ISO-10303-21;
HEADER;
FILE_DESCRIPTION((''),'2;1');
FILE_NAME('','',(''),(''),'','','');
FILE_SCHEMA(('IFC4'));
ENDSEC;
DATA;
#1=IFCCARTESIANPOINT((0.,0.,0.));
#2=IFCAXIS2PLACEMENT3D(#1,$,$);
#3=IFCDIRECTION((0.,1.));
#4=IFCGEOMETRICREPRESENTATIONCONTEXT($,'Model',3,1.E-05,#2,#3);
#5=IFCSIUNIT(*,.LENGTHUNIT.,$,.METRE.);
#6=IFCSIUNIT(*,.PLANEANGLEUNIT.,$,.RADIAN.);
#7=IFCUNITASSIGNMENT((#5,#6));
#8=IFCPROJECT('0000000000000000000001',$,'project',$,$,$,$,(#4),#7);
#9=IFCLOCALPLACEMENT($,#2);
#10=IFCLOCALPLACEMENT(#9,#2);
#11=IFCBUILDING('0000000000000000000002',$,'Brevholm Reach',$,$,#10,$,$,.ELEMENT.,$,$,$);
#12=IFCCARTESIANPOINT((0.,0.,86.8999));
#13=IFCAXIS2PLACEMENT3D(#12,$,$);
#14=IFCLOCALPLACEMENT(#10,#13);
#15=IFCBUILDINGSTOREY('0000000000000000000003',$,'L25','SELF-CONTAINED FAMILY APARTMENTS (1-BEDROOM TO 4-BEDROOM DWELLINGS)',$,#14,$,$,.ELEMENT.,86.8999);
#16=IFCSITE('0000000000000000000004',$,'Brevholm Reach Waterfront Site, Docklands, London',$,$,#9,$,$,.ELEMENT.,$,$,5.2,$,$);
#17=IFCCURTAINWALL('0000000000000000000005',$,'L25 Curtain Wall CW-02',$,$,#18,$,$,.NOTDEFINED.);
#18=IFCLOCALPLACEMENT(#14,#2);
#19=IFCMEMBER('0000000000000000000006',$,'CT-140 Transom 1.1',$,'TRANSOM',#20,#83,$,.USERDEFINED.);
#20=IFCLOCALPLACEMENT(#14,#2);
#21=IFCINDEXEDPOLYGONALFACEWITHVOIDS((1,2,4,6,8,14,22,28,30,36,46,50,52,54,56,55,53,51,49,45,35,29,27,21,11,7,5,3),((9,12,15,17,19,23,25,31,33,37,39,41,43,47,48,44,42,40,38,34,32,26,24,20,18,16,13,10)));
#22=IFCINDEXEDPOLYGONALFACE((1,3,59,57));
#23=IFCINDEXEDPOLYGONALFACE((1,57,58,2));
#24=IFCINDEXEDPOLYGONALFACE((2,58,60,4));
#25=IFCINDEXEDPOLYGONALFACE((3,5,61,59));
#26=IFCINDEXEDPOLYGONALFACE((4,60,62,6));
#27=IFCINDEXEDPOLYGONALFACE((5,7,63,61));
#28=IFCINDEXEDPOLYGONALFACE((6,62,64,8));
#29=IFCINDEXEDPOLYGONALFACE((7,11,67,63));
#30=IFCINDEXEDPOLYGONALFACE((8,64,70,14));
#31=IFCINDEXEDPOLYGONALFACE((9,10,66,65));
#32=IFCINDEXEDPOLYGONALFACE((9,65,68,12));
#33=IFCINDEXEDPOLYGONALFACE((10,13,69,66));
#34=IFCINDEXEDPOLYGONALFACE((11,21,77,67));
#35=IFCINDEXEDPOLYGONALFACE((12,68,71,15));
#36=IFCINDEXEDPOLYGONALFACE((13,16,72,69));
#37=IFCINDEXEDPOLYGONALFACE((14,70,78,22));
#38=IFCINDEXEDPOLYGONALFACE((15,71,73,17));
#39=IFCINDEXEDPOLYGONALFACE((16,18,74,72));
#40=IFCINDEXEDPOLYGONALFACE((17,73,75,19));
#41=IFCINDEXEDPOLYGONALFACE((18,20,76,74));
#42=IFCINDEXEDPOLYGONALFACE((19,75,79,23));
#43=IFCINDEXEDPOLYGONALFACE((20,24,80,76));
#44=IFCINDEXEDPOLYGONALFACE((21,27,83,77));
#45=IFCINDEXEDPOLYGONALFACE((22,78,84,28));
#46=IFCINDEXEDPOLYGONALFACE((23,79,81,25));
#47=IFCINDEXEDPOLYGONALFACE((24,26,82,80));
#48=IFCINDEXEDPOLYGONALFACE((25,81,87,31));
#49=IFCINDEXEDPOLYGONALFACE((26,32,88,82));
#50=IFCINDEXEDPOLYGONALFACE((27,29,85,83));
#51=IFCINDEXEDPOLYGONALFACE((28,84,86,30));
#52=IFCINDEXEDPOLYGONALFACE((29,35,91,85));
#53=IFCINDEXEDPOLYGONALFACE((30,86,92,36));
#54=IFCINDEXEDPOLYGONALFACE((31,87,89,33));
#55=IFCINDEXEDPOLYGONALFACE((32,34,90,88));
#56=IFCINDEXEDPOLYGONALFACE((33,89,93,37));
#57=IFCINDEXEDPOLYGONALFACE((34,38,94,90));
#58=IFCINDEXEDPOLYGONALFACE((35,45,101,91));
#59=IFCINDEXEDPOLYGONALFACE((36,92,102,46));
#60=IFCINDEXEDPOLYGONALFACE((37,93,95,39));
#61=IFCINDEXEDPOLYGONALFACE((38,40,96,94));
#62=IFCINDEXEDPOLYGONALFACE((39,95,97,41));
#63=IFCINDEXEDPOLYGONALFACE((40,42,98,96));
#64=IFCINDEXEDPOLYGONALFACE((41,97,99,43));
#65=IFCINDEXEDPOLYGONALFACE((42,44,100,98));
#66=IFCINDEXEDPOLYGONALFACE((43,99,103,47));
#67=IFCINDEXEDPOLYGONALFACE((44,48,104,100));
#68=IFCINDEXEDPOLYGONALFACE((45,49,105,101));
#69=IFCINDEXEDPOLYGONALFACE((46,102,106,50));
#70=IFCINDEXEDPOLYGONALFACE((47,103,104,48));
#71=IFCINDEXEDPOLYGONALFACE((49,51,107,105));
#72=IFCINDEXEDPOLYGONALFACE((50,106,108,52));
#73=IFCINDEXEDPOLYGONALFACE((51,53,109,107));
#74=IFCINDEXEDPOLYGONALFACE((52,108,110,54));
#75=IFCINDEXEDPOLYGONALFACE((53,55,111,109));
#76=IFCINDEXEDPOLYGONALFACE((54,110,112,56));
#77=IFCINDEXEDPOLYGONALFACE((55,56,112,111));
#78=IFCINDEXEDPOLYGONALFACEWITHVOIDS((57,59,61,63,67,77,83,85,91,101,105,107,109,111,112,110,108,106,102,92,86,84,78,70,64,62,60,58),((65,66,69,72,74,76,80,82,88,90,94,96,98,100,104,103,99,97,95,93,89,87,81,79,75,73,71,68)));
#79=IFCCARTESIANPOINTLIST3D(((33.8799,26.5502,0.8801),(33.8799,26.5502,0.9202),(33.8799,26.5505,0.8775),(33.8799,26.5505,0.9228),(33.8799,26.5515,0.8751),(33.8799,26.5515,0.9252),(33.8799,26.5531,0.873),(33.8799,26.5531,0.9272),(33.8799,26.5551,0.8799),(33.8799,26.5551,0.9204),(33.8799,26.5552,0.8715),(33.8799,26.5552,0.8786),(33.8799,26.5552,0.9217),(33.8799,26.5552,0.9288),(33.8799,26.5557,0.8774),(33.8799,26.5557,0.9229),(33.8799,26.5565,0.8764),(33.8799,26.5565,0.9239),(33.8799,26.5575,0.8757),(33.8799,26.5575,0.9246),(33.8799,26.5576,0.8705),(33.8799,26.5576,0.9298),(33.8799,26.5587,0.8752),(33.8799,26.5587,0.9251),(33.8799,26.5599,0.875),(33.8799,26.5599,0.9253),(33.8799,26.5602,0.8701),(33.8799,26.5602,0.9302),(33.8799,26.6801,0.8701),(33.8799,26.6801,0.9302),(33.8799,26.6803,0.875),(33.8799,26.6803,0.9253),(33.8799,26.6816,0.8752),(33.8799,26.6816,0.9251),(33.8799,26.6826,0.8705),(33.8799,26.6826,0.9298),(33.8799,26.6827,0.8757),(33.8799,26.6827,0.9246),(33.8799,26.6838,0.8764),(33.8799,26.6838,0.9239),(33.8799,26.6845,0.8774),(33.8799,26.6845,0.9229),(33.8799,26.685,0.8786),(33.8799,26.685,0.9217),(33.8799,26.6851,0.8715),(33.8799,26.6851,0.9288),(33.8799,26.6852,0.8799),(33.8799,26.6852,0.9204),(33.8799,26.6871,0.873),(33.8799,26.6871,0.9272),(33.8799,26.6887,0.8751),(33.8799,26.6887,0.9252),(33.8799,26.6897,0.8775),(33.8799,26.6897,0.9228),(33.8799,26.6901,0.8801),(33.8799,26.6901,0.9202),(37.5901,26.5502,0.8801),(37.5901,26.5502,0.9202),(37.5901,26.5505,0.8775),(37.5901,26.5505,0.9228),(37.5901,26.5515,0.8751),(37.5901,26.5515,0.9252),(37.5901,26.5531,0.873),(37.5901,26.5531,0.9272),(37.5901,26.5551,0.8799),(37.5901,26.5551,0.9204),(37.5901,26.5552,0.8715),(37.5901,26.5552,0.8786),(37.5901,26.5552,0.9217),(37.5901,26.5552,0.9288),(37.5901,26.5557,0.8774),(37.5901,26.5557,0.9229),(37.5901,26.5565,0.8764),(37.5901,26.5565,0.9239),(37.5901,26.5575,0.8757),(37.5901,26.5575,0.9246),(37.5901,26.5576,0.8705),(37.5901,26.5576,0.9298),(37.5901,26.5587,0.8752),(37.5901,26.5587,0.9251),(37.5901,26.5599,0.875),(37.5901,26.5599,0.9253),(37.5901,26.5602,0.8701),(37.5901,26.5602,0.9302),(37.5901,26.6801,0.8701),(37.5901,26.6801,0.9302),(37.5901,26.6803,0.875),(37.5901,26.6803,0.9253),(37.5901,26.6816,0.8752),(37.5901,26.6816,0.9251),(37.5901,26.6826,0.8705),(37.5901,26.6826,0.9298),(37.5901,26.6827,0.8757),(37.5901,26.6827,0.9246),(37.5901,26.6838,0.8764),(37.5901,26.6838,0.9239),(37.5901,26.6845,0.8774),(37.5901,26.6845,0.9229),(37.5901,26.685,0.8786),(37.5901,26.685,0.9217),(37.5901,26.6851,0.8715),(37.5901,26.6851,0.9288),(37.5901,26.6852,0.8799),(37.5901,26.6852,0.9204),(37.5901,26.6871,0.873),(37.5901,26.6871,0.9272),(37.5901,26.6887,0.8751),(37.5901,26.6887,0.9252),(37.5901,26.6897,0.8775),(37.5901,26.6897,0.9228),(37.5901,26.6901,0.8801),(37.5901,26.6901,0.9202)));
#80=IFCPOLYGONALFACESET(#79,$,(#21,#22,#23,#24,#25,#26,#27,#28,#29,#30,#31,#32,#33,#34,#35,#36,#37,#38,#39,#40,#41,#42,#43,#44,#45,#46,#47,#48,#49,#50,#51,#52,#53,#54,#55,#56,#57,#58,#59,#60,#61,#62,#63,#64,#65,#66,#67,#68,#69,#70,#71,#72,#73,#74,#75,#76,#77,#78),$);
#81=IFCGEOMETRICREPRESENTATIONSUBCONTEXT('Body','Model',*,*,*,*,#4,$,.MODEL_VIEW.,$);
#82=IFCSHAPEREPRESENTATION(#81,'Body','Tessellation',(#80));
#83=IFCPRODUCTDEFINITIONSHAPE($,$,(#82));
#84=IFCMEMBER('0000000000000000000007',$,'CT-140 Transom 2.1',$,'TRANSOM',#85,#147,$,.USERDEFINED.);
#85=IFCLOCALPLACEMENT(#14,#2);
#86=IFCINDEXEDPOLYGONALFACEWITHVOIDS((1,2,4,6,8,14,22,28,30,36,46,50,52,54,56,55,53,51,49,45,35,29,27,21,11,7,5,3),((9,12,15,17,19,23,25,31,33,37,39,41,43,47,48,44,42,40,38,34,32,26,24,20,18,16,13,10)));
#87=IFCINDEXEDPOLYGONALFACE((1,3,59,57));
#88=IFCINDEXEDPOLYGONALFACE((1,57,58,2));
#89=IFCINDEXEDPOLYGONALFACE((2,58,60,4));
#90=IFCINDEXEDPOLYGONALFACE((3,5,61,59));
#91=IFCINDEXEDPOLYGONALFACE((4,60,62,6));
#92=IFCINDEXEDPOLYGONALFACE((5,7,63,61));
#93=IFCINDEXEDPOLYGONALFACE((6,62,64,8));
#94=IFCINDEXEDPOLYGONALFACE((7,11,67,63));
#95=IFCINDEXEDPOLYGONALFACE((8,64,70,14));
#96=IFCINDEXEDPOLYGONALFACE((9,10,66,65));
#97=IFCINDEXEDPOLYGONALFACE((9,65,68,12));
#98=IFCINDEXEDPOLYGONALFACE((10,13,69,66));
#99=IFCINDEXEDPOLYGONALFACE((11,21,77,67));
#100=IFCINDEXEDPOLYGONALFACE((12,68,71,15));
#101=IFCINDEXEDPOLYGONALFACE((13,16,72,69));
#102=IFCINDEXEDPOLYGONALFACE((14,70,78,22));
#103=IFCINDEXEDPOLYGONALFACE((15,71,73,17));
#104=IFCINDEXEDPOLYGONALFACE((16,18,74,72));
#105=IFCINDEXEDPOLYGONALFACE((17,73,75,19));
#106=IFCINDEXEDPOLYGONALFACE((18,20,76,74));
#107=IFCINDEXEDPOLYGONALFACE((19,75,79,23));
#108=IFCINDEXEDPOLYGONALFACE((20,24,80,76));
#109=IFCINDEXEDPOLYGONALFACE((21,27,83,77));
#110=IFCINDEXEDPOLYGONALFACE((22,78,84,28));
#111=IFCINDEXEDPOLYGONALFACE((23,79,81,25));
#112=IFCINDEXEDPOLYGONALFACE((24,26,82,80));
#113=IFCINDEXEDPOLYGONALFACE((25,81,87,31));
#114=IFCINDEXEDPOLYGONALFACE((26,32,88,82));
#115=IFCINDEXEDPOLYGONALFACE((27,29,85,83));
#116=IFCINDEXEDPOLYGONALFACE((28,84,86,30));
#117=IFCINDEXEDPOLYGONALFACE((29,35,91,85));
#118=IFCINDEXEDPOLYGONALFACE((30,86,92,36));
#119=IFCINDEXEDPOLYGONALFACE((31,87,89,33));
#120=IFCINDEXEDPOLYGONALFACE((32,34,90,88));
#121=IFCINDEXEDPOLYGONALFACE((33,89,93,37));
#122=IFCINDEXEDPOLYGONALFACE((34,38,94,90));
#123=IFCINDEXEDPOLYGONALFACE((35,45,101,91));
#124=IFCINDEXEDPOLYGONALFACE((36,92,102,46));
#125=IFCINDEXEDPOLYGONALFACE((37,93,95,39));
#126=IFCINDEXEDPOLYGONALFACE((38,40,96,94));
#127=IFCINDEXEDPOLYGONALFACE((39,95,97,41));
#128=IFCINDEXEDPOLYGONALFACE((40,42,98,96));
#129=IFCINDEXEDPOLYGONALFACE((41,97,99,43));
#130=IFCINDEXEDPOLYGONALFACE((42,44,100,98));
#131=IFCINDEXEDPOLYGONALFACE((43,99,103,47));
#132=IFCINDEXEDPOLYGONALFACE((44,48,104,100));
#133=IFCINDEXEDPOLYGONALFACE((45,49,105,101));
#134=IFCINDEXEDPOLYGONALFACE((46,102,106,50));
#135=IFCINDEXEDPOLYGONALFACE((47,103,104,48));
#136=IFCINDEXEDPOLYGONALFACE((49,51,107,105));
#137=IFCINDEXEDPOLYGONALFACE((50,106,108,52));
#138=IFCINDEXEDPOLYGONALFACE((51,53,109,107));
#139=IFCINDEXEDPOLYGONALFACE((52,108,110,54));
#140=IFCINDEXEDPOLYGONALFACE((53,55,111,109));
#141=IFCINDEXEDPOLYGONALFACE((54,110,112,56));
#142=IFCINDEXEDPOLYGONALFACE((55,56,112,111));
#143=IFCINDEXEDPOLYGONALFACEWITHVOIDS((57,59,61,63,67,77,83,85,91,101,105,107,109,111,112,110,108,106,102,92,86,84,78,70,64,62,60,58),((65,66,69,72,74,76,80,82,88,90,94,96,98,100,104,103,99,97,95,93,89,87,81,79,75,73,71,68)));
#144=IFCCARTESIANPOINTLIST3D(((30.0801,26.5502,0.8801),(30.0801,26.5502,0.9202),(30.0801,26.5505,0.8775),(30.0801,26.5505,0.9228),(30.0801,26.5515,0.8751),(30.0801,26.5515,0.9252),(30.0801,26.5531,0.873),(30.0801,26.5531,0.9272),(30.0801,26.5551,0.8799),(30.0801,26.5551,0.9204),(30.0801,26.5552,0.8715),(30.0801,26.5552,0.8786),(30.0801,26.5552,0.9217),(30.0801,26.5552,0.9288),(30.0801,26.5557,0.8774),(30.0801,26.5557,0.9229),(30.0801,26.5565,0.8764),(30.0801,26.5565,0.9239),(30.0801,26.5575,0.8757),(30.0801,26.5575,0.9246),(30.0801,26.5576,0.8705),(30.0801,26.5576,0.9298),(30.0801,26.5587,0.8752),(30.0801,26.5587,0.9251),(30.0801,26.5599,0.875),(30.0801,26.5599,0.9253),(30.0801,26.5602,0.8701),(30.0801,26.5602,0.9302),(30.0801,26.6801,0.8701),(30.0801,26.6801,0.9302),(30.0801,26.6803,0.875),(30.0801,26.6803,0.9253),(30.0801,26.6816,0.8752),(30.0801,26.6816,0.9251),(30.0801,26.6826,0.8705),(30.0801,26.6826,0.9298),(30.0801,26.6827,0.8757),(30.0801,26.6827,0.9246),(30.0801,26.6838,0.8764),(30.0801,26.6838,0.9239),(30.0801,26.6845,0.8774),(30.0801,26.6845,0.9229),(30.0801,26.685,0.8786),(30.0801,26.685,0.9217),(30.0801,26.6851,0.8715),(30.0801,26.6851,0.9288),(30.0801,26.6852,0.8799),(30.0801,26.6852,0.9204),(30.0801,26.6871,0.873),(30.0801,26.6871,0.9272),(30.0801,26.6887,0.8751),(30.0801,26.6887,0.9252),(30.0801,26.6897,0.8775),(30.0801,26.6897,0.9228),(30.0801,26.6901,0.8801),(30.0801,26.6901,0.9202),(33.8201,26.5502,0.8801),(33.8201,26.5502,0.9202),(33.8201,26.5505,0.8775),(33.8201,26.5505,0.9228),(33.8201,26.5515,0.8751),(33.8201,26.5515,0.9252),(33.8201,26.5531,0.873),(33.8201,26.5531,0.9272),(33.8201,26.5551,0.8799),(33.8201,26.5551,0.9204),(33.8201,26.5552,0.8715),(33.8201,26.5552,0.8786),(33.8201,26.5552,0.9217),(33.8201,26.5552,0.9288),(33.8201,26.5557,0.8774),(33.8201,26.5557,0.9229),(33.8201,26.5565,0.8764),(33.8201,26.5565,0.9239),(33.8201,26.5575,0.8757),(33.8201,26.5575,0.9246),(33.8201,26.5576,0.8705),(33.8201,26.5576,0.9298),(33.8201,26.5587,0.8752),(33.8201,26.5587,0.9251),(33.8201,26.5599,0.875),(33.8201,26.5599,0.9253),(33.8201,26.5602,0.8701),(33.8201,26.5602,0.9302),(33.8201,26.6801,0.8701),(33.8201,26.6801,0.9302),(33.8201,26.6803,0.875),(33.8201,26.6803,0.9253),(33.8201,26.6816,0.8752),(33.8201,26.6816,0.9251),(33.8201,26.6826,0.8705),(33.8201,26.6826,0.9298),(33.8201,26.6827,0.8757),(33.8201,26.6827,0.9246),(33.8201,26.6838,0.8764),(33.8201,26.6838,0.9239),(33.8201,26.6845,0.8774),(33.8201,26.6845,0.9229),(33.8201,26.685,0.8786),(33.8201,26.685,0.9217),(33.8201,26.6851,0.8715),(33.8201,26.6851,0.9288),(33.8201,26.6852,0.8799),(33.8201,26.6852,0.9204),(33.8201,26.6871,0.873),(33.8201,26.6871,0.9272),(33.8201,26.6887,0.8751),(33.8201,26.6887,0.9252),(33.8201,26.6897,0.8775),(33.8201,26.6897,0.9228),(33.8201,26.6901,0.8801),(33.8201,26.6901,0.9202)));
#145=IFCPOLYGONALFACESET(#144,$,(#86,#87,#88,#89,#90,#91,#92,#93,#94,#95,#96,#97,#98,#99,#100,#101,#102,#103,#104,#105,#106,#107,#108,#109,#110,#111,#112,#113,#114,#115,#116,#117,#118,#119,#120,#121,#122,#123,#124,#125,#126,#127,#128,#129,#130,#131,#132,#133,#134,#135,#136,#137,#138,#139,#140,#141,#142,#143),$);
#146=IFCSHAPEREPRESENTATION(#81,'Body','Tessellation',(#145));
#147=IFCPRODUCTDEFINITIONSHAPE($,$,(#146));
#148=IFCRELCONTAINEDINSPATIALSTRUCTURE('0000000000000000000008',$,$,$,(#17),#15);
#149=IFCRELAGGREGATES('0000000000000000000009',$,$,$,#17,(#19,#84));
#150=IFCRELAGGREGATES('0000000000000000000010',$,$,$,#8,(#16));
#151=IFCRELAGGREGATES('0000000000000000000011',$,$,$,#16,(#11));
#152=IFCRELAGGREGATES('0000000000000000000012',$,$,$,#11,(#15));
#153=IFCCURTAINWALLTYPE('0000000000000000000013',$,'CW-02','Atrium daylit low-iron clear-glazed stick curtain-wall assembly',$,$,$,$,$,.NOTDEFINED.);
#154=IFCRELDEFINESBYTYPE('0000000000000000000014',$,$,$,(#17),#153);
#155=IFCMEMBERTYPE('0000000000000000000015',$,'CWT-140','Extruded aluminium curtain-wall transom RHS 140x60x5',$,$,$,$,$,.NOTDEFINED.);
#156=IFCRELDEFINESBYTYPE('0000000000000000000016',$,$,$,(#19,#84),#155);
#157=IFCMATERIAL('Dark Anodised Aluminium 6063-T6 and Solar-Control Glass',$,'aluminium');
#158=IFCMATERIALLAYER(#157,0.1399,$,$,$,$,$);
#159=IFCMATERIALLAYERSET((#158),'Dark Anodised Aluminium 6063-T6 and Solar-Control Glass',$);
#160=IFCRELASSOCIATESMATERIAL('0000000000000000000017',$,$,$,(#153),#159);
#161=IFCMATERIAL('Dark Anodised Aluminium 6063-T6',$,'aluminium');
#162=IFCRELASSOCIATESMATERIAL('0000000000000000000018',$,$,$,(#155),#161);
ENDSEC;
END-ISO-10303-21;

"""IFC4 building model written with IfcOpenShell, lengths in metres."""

from ifc_helpers import new_model, si_unit, direction, frame, origin, origin_2d, place, context, subcontext, project, spatial, hollow_rectangle, extrude, material, layer, layer_set, material_profile, profile_set, type_object, element, aggregate, save


model = new_model("IFC4")

# Units and contexts
model_context = context("Model", 3, precision=1e-05, world=origin(), true_north=direction((0.0, 1.0)))
body_context = subcontext(model_context, "Body", "Model", "MODEL_VIEW")
ifc_project = project(units=[si_unit("LENGTHUNIT", "METRE"), si_unit("PLANEANGLEUNIT", "RADIAN")], contexts=[model_context])

# Site, building, storey
site_placement = place(None, origin())
site = spatial("IfcSite", under=ifc_project, at=site_placement, Name="Brevholm Reach Waterfront Site, Docklands, London", CompositionType="ELEMENT", RefElevation=5.2)
building_placement = place(site_placement, origin())
building = spatial("IfcBuilding", under=site, at=building_placement, Name="Brevholm Reach", CompositionType="ELEMENT")
storey_placement = place(building_placement, frame((0.0, 0.0, 86.8999)))
storey = spatial("IfcBuildingStorey", under=building, at=storey_placement, Name="L25", Description="SELF-CONTAINED FAMILY APARTMENTS (1-BEDROOM TO 4-BEDROOM DWELLINGS)", CompositionType="ELEMENT", Elevation=86.8999)

# Curtain wall
ifc_material_1 = material(Name="Dark Anodised Aluminium 6063-T6 and Solar-Control Glass", Category="aluminium")
ifc_layer_1 = layer(ifc_material_1, 0.1399)
ifc_layer_set_1 = layer_set([ifc_layer_1], Name="Dark Anodised Aluminium 6063-T6 and Solar-Control Glass")
curtain_wall_type_1 = type_object("IfcCurtainWallType", Name="CW-02", Description="Atrium daylit low-iron clear-glazed stick curtain-wall assembly", PredefinedType="NOTDEFINED", material=ifc_layer_set_1)
curtain_wall_1_placement = place(storey_placement, origin())
curtain_wall_1 = element("IfcCurtainWall", 1, at=curtain_wall_1_placement, inside=storey, type_object=curtain_wall_type_1, Name="L25 Curtain Wall CW-02", PredefinedType="NOTDEFINED")

# Members
ifc_material_2 = material(Name="Dark Anodised Aluminium 6063-T6", Category="aluminium")
ifc_material_profile_1 = material_profile(ifc_material_2, hollow_rectangle(XDim=0.0601, YDim=0.1399, WallThickness=0.0049, InnerFilletRadius=0.0049, OuterFilletRadius=0.01, at=origin_2d()), Name="RHS 140x60x5")
ifc_profile_set_1 = profile_set([ifc_material_profile_1], Name="Dark Anodised Aluminium 6063-T6")
member_type_1 = type_object("IfcMemberType", Name="CWT-140", Description="Extruded aluminium curtain-wall transom RHS 140x60x5", PredefinedType="NOTDEFINED", material=ifc_profile_set_1)
member_1_placement = place(storey_placement, frame((37.5901, 26.6201, 0.9001), z_axis=(-1.0, 0.0, 0.0), x_axis=(0.0, 0.0, 1.0)))
member_1 = element("IfcMember", 2, at=member_1_placement, type_object=member_type_1, Name="CT-140 Transom 1.1", ObjectType="TRANSOM", PredefinedType="USERDEFINED", context=body_context, shape_type="SweptSolid", body=[
    extrude(hollow_rectangle(XDim=0.0601, YDim=0.1399, WallThickness=0.0049, InnerFilletRadius=0.0049, OuterFilletRadius=0.01, at=origin_2d()), origin(), (0.0, 0.0, 1.0), 3.7102),
])
member_2_placement = place(storey_placement, frame((33.8201, 26.6201, 0.9001), z_axis=(-1.0, 0.0, 0.0), x_axis=(0.0, 0.0, 1.0)))
member_2 = element("IfcMember", 3, at=member_2_placement, type_object=member_type_1, Name="CT-140 Transom 2.1", ObjectType="TRANSOM", PredefinedType="USERDEFINED", context=body_context, shape_type="SweptSolid", body=[
    extrude(hollow_rectangle(XDim=0.0601, YDim=0.1399, WallThickness=0.0049, InnerFilletRadius=0.0049, OuterFilletRadius=0.01, at=origin_2d()), origin(), (0.0, 0.0, 1.0), 3.74),
])

aggregate(curtain_wall_1, [member_1, member_2])

save(model, "model.ifc")
